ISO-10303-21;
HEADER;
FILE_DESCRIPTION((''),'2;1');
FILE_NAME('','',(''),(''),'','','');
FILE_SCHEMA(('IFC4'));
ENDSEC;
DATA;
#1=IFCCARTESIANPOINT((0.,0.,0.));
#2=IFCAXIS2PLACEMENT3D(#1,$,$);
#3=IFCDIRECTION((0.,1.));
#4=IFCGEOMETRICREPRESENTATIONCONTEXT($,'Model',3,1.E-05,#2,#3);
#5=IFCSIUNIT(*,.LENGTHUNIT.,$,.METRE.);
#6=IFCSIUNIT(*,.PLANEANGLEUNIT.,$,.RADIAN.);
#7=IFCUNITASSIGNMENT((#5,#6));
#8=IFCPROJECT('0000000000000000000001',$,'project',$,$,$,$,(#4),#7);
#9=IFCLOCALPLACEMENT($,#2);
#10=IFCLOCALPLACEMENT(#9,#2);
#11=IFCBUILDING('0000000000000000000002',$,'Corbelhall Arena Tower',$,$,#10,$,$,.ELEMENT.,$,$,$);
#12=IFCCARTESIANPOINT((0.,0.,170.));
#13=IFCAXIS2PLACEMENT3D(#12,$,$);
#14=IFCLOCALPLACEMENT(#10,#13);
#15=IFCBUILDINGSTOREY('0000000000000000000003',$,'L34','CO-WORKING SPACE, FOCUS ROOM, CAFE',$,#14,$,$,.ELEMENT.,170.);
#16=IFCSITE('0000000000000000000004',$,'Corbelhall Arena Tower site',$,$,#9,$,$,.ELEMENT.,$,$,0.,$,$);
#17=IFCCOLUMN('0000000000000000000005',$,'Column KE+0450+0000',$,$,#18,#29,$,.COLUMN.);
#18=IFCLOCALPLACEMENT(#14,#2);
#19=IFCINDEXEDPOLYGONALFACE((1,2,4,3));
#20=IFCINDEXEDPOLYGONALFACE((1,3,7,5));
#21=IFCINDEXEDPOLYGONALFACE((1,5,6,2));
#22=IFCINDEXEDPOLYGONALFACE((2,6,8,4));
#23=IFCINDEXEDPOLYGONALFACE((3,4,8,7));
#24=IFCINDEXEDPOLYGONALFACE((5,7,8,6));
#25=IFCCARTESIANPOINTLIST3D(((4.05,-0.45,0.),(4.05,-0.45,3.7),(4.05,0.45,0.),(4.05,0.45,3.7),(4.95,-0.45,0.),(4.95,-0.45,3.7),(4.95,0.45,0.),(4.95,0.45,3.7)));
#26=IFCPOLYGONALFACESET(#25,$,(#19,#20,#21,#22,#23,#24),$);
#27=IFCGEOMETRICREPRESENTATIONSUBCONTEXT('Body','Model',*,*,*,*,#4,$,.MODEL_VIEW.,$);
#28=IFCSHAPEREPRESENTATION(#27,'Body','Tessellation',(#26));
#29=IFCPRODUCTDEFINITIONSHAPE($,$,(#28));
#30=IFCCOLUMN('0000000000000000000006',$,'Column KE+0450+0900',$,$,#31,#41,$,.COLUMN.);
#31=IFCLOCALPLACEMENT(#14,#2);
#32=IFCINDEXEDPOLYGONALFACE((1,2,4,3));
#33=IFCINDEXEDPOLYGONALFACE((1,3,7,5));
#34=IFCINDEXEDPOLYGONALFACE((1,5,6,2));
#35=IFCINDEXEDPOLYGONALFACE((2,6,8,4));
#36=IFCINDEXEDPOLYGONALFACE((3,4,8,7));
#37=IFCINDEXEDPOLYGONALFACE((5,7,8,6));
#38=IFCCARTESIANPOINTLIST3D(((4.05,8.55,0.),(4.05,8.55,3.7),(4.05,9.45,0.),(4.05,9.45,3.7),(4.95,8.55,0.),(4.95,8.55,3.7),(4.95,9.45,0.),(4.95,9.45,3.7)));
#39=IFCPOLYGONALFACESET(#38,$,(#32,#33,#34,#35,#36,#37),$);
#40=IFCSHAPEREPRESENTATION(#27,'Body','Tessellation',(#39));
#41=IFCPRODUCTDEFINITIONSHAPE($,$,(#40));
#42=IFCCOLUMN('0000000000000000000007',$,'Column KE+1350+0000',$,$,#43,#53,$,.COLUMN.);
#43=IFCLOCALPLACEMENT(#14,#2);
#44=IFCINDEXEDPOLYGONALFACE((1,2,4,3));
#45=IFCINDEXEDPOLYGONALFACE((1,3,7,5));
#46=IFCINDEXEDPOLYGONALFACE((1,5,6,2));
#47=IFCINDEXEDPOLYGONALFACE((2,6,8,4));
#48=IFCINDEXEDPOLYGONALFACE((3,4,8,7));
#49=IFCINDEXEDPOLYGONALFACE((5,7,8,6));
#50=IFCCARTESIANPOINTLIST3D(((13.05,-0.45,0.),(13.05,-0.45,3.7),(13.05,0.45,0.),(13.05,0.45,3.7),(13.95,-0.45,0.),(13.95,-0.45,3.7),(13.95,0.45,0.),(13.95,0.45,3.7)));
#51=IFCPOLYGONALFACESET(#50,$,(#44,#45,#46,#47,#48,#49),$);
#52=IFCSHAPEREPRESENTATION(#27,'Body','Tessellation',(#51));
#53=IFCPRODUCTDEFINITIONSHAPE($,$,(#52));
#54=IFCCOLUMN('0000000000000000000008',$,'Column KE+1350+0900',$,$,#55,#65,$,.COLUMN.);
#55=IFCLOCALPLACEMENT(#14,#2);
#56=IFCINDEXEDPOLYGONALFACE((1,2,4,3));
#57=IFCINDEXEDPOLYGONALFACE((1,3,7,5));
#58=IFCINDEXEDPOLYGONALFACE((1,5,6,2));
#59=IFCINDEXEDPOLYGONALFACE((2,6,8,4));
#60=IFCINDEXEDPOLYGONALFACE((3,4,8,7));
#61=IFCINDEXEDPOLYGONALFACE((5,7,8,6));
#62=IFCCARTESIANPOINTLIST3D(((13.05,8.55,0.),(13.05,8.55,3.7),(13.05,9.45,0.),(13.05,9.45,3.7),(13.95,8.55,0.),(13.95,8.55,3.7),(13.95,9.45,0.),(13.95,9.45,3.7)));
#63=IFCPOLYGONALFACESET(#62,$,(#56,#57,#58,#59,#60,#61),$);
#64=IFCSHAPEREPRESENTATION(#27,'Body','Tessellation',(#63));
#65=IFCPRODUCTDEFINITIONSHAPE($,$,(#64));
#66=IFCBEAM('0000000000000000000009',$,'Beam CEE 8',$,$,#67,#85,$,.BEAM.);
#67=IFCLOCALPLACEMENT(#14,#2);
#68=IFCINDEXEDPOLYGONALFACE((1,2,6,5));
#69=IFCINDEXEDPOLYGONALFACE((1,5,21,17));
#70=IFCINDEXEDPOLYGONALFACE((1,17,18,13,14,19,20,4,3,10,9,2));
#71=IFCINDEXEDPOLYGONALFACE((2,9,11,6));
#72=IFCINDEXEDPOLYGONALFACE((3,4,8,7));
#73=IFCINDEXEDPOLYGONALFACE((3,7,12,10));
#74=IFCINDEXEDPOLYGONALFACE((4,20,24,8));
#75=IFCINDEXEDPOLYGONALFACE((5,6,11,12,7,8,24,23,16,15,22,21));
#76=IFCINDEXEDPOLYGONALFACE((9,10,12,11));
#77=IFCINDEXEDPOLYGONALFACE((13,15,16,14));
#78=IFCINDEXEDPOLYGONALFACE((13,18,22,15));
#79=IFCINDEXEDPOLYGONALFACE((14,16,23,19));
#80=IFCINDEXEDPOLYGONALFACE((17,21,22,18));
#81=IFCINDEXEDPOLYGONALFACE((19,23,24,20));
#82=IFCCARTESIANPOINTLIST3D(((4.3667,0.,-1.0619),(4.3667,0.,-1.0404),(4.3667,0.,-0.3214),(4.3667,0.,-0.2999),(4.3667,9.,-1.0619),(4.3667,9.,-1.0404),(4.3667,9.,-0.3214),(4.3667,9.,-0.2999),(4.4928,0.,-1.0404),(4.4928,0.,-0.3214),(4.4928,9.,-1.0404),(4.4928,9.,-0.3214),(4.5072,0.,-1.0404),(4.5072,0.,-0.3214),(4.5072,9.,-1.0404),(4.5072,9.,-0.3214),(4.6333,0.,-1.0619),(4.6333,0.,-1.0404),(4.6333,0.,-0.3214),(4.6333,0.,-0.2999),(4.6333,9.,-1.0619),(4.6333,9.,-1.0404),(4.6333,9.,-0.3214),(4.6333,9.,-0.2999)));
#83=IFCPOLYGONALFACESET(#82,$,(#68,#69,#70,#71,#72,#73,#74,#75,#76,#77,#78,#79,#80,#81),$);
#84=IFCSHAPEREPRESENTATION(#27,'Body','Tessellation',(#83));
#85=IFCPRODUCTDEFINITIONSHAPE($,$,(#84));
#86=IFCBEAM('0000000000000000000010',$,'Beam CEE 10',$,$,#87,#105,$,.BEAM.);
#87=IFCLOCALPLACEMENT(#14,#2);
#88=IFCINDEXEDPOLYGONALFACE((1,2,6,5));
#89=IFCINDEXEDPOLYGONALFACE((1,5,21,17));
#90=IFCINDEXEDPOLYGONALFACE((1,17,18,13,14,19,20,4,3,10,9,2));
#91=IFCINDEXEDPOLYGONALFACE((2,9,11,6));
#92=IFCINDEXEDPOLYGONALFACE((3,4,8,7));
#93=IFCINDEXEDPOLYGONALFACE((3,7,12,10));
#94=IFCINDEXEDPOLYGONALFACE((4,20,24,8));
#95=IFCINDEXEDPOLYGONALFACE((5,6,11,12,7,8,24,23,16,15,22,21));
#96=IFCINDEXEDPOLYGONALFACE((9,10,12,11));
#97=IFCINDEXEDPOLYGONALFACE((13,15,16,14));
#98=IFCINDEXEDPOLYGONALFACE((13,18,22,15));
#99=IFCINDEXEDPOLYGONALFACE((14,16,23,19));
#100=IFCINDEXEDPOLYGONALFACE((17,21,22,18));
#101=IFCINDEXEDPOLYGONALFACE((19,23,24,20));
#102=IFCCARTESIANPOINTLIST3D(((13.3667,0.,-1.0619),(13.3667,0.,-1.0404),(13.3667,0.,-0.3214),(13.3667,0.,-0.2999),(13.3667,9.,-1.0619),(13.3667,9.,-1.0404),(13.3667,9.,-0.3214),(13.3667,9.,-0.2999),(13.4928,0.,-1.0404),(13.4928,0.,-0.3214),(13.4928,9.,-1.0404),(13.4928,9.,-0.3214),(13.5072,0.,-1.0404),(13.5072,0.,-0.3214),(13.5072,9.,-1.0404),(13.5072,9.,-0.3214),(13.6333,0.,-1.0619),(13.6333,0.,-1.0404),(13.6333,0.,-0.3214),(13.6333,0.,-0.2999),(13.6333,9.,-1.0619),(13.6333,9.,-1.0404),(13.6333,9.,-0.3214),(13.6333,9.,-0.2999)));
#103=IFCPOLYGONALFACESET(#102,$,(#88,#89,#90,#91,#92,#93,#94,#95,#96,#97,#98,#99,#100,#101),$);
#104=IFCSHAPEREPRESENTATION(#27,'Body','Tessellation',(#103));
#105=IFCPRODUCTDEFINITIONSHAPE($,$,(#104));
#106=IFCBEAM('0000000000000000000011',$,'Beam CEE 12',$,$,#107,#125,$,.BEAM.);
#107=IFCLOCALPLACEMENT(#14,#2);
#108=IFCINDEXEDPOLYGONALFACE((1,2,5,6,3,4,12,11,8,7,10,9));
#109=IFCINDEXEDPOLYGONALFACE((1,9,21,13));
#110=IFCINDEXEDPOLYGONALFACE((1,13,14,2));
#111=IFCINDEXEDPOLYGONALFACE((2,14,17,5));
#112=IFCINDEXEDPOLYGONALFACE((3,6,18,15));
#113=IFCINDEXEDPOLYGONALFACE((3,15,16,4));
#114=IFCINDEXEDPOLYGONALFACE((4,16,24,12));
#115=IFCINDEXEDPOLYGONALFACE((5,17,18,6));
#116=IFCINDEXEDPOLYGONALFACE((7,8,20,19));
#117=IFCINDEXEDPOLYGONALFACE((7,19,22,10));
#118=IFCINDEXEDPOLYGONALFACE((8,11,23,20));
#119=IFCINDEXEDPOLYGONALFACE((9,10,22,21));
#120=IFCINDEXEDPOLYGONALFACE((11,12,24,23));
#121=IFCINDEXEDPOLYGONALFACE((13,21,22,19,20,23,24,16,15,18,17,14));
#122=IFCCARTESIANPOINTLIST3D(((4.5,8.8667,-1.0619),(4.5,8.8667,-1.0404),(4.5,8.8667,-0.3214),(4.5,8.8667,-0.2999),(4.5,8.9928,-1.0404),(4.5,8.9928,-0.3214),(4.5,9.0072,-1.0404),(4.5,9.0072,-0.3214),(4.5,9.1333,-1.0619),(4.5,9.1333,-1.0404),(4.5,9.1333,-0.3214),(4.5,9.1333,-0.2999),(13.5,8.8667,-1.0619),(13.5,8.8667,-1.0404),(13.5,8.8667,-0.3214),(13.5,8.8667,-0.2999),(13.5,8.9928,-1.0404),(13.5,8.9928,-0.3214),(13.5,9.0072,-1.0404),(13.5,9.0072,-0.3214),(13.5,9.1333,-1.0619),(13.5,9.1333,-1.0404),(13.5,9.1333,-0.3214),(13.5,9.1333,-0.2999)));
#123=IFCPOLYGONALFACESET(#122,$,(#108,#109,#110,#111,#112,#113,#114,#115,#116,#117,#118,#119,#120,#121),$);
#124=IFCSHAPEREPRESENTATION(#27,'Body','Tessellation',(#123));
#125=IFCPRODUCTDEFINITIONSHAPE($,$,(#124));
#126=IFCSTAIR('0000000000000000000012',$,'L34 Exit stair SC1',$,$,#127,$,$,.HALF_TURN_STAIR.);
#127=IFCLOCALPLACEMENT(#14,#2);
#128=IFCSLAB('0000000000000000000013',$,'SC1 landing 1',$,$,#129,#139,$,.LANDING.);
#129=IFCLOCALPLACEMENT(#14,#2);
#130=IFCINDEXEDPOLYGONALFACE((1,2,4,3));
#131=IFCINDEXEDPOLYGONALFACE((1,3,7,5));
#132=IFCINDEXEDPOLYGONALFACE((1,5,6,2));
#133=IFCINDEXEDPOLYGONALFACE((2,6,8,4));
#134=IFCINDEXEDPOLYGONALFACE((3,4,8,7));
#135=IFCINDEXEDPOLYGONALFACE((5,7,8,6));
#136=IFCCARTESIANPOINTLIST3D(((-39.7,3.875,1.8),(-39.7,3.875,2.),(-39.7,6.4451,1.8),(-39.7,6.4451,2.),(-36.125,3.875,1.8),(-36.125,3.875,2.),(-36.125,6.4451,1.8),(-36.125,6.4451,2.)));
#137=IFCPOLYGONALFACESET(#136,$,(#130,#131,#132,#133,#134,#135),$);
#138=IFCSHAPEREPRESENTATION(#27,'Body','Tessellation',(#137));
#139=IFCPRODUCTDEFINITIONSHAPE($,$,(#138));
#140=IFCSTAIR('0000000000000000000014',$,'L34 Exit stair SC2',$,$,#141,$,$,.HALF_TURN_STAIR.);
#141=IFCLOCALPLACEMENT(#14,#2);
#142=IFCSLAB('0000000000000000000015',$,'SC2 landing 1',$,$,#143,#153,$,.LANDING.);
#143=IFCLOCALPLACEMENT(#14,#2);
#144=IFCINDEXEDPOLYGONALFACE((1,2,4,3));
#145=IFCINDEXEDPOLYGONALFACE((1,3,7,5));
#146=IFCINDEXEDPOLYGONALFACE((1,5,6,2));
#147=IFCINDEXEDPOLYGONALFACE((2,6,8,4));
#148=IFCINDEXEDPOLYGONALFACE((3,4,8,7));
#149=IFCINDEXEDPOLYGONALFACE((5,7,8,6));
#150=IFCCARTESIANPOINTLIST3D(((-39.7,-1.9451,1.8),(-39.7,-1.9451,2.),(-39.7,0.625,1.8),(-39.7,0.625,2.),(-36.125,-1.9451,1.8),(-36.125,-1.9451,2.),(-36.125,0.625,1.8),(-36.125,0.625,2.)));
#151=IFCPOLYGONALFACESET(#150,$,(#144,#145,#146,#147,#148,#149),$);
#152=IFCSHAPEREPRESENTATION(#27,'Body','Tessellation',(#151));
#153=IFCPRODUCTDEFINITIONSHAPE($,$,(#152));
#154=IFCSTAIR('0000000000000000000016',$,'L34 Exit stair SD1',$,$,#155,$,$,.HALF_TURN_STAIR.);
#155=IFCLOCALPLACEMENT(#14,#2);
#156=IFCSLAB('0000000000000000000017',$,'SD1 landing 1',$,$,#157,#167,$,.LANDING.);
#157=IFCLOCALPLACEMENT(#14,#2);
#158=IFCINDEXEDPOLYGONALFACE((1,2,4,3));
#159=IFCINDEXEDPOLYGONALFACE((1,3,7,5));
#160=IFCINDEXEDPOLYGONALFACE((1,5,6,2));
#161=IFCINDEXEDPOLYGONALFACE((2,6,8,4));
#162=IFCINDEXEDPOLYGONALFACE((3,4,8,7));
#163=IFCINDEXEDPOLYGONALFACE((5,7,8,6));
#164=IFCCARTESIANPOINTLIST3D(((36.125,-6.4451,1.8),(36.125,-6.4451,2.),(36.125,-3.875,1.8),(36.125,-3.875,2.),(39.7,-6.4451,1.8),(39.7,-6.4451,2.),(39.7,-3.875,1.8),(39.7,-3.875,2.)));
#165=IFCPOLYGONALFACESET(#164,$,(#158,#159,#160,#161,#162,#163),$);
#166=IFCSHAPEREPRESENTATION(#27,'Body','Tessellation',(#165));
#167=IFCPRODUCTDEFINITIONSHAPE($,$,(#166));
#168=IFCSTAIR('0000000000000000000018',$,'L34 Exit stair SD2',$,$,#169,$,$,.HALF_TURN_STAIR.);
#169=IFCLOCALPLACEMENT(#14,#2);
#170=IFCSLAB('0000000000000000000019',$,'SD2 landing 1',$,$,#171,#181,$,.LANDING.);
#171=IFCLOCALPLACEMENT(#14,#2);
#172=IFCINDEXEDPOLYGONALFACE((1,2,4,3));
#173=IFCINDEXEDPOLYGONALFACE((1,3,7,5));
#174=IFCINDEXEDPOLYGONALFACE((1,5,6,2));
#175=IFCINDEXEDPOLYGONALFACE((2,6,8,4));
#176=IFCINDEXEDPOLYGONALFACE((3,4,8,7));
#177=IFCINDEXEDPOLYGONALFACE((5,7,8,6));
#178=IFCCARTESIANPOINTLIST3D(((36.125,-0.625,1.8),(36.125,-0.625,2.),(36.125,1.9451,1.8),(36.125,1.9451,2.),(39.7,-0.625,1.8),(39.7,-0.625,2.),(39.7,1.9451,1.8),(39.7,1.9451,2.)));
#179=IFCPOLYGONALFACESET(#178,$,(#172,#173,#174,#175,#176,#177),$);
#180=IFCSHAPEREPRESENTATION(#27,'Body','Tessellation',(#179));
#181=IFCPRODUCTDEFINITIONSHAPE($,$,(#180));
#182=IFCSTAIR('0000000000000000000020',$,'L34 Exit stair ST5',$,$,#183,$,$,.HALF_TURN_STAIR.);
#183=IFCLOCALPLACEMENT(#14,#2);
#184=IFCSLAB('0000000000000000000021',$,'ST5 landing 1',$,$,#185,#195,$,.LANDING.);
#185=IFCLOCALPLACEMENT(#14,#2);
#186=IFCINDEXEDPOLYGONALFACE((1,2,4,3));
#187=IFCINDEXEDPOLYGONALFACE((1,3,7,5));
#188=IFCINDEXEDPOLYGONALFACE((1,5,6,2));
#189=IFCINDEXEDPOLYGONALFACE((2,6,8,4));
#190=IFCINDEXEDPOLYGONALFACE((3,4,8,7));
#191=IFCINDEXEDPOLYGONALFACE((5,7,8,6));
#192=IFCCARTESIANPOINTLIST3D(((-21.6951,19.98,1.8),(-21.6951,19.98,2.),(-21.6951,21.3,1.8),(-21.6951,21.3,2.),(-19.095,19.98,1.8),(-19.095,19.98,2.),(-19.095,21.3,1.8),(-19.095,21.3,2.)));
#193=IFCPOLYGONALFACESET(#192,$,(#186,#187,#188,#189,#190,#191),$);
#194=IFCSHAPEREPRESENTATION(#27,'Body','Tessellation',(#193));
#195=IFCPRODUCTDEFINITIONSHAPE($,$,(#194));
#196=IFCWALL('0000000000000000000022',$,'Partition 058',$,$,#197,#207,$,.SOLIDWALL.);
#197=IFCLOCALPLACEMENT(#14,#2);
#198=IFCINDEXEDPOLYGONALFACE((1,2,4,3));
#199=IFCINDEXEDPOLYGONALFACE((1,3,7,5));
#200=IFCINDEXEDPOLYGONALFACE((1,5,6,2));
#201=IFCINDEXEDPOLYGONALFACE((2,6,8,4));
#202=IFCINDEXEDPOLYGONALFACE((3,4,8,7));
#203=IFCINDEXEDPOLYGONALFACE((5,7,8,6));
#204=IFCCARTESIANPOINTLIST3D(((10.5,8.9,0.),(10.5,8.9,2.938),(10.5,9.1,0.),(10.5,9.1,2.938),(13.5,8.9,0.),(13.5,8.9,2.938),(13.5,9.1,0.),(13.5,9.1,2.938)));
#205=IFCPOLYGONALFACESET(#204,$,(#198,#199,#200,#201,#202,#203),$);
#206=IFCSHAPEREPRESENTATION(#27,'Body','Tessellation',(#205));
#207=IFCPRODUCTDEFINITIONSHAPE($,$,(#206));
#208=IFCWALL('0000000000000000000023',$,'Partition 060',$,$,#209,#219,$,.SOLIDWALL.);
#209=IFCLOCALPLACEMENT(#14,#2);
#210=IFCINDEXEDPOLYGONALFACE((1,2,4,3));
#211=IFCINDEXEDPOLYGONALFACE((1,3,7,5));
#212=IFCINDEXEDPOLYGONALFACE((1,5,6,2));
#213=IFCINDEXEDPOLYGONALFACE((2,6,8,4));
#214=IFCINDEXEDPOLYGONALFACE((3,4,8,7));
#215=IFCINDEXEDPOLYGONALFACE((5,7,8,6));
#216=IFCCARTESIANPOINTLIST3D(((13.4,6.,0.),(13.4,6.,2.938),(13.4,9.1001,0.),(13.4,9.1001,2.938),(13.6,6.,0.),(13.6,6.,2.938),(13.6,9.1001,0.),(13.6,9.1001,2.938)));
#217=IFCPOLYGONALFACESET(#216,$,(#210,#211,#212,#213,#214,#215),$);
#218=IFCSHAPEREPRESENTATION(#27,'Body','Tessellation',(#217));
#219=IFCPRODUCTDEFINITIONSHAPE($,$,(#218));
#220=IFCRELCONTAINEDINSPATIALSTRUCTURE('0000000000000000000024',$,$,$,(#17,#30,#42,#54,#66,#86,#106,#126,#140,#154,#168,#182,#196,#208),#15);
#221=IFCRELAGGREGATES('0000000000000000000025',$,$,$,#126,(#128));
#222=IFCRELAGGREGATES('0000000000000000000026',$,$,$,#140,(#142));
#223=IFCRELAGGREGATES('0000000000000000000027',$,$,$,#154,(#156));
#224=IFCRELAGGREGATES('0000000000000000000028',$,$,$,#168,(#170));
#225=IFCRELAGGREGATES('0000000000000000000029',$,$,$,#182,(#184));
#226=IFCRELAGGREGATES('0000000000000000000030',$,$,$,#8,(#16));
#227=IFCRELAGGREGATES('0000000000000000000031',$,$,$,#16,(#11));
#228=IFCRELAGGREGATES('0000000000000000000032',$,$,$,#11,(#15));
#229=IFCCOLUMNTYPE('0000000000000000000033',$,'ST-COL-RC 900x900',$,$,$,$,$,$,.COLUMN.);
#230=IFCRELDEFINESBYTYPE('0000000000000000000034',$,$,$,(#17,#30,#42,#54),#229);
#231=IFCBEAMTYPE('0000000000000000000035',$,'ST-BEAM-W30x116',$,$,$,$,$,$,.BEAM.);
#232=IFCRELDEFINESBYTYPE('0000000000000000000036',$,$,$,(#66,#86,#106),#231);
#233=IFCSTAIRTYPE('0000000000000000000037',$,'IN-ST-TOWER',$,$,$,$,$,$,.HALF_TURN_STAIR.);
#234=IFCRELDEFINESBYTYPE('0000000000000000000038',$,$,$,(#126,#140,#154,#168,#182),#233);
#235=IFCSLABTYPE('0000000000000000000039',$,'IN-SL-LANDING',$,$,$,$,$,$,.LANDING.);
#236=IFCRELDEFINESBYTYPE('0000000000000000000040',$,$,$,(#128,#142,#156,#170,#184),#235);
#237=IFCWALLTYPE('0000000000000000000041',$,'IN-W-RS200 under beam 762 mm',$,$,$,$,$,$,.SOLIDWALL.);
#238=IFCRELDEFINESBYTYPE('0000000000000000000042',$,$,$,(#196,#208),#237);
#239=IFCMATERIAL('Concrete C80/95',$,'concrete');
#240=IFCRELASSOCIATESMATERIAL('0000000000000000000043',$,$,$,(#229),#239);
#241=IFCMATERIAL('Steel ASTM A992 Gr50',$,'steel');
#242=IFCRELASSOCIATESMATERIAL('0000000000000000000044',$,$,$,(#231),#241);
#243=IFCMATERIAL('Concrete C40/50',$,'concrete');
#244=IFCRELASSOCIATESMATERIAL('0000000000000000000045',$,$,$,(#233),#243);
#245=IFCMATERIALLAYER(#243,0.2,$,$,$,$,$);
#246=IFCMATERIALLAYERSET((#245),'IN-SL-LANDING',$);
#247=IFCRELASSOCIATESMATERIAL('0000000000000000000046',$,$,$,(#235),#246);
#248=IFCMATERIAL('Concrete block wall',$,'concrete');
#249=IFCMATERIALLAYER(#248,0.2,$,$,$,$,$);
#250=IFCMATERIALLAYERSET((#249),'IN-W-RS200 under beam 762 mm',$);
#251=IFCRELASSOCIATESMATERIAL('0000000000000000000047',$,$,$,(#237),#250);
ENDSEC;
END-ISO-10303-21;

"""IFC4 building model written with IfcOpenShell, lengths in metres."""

from ifc_helpers import new_model, si_unit, direction, frame, frame_2d, origin, origin_2d, place, context, subcontext, project, spatial, polyline, rectangle, i_section, outline, extrude, material, layer, layer_set, material_profile, profile_set, type_object, element, aggregate, save


model = new_model("IFC4")

# Units and contexts
model_context = context("Model", 3, precision=1e-05, world=origin(), true_north=direction((0.0, 1.0)))
body_context = subcontext(model_context, "Body", "Model", "MODEL_VIEW")
ifc_project = project(units=[si_unit("LENGTHUNIT", "METRE"), si_unit("PLANEANGLEUNIT", "RADIAN")], contexts=[model_context])

# Site, building, storey
site_placement = place(None, origin())
site = spatial("IfcSite", under=ifc_project, at=site_placement, Name="Corbelhall Arena Tower site", CompositionType="ELEMENT", RefElevation=0.0)
building_placement = place(site_placement, origin())
building = spatial("IfcBuilding", under=site, at=building_placement, Name="Corbelhall Arena Tower", CompositionType="ELEMENT")
storey_placement = place(building_placement, frame((0.0, 0.0, 170.0)))
storey = spatial("IfcBuildingStorey", under=building, at=storey_placement, Name="L34", Description="CO-WORKING SPACE, FOCUS ROOM, CAFE", CompositionType="ELEMENT", Elevation=170.0)

# Columns
ifc_material_1 = material(Name="Concrete C80/95", Category="concrete")
ifc_material_profile_1 = material_profile(ifc_material_1, rectangle(XDim=0.8999, YDim=0.8999, at=origin_2d()))
ifc_profile_set_1 = profile_set([ifc_material_profile_1], Name="Concrete C80/95")
column_type = type_object("IfcColumnType", Name="ST-COL-RC 900x900", PredefinedType="COLUMN", material=ifc_profile_set_1)
for number, where, z_axis, x_axis, name in (
    (1, (4.5, 0.0, 0.0), (0.0, 0.0, 1.0), (1.0, 0.0, 0.0), "Column KE+0450+0000"),
    (2, (4.5, 9.0, 0.0), (0.0, 0.0, 1.0), (1.0, 0.0, 0.0), "Column KE+0450+0900"),
    (3, (13.5, 0.0, 0.0), (0.0, 0.0, 1.0), (1.0, 0.0, 0.0), "Column KE+1350+0000"),
    (4, (13.5, 9.0, 0.0), (0.0, 0.0, 1.0), (1.0, 0.0, 0.0), "Column KE+1350+0900"),
):
    element("IfcColumn", number, at=place(storey_placement, frame(where, z_axis=z_axis, x_axis=x_axis)), inside=storey, type_object=column_type, Name=name, PredefinedType="COLUMN", context=body_context, shape_type="SweptSolid", body=[
        extrude(rectangle(XDim=0.8999, YDim=0.8999, at=origin_2d()), origin(), (0.0, 0.0, 1.0), 3.7),
    ])

# Beams
ifc_material_2 = material(Name="Steel ASTM A992 Gr50", Category="steel")
ifc_material_profile_2 = material_profile(ifc_material_2, i_section(OverallWidth=0.2666, OverallDepth=0.762, WebThickness=0.0144, FlangeThickness=0.0215, at=origin_2d()))
ifc_profile_set_2 = profile_set([ifc_material_profile_2], Name="Steel ASTM A992 Gr50")
beam_type = type_object("IfcBeamType", Name="ST-BEAM-W30x116", PredefinedType="BEAM", material=ifc_profile_set_2)
for number, where, z_axis, x_axis, name in (
    (5, (4.5, 0.0, -0.6809), (0.0, 1.0, 0.0), (-1.0, 0.0, 0.0), "Beam CEE 8"),
    (6, (13.5, 0.0, -0.6809), (0.0, 1.0, 0.0), (-1.0, 0.0, 0.0), "Beam CEE 10"),
    (7, (4.5, 9.0, -0.6809), (1.0, 0.0, 0.0), (0.0, 1.0, 0.0), "Beam CEE 12"),
):
    element("IfcBeam", number, at=place(storey_placement, frame(where, z_axis=z_axis, x_axis=x_axis)), inside=storey, type_object=beam_type, Name=name, PredefinedType="BEAM", context=body_context, shape_type="SweptSolid", body=[
        extrude(i_section(OverallWidth=0.2666, OverallDepth=0.762, WebThickness=0.0144, FlangeThickness=0.0215, at=origin_2d()), origin(), (0.0, 0.0, 1.0), 9.0),
    ])

# Stairs, slabs
ifc_material_3 = material(Name="Concrete C40/50", Category="concrete")
stair_type = type_object("IfcStairType", Name="IN-ST-TOWER", PredefinedType="HALF_TURN_STAIR", material=ifc_material_3)
stair_1_placement = place(storey_placement, origin())
stair_1 = element("IfcStair", 8, at=stair_1_placement, inside=storey, type_object=stair_type, Name="L34 Exit stair SC1", PredefinedType="HALF_TURN_STAIR")
ifc_layer_1 = layer(ifc_material_3, 0.2)
ifc_layer_set_1 = layer_set([ifc_layer_1], Name="IN-SL-LANDING")
slab_type = type_object("IfcSlabType", Name="IN-SL-LANDING", PredefinedType="LANDING", material=ifc_layer_set_1)
slab_1_placement = place(storey_placement, frame((0.0, 0.0, 1.8)))
slab_1 = element("IfcSlab", 9, at=slab_1_placement, type_object=slab_type, Name="SC1 landing 1", PredefinedType="LANDING", context=body_context, shape_type="SweptSolid", body=[
    extrude(outline(polyline([(-39.7, 6.4451), (-39.7, 3.875), (-36.125, 3.875), (-36.125, 6.4451), (-39.7, 6.4451)])), origin(), (0.0, 0.0, 1.0), 0.2),
])
aggregate(stair_1, [slab_1])
stair_2_placement = place(storey_placement, origin())
stair_2 = element("IfcStair", 10, at=stair_2_placement, inside=storey, type_object=stair_type, Name="L34 Exit stair SC2", PredefinedType="HALF_TURN_STAIR")
slab_2_placement = place(storey_placement, frame((0.0, 0.0, 1.8)))
slab_2 = element("IfcSlab", 11, at=slab_2_placement, type_object=slab_type, Name="SC2 landing 1", PredefinedType="LANDING", context=body_context, shape_type="SweptSolid", body=[
    extrude(outline(polyline([(-36.125, -1.9451), (-36.125, 0.625), (-39.7, 0.625), (-39.7, -1.9451), (-36.125, -1.9451)])), origin(), (0.0, 0.0, 1.0), 0.2),
])
aggregate(stair_2, [slab_2])
stair_3_placement = place(storey_placement, origin())
stair_3 = element("IfcStair", 12, at=stair_3_placement, inside=storey, type_object=stair_type, Name="L34 Exit stair SD1", PredefinedType="HALF_TURN_STAIR")
slab_3_placement = place(storey_placement, frame((0.0, 0.0, 1.8)))
slab_3 = element("IfcSlab", 13, at=slab_3_placement, type_object=slab_type, Name="SD1 landing 1", PredefinedType="LANDING", context=body_context, shape_type="SweptSolid", body=[
    extrude(outline(polyline([(39.7, -6.4451), (39.7, -3.875), (36.125, -3.875), (36.125, -6.4451), (39.7, -6.4451)])), origin(), (0.0, 0.0, 1.0), 0.2),
])
aggregate(stair_3, [slab_3])
stair_4_placement = place(storey_placement, origin())
stair_4 = element("IfcStair", 14, at=stair_4_placement, inside=storey, type_object=stair_type, Name="L34 Exit stair SD2", PredefinedType="HALF_TURN_STAIR")
slab_4_placement = place(storey_placement, frame((0.0, 0.0, 1.8)))
slab_4 = element("IfcSlab", 15, at=slab_4_placement, type_object=slab_type, Name="SD2 landing 1", PredefinedType="LANDING", context=body_context, shape_type="SweptSolid", body=[
    extrude(outline(polyline([(36.125, 1.9451), (36.125, -0.625), (39.7, -0.625), (39.7, 1.9451), (36.125, 1.9451)])), origin(), (0.0, 0.0, 1.0), 0.2),
])
aggregate(stair_4, [slab_4])
stair_5_placement = place(storey_placement, origin())
stair_5 = element("IfcStair", 16, at=stair_5_placement, inside=storey, type_object=stair_type, Name="L34 Exit stair ST5", PredefinedType="HALF_TURN_STAIR")
slab_5_placement = place(storey_placement, frame((0.0, 0.0, 1.8)))
slab_5 = element("IfcSlab", 17, at=slab_5_placement, type_object=slab_type, Name="ST5 landing 1", PredefinedType="LANDING", context=body_context, shape_type="SweptSolid", body=[
    extrude(outline(polyline([(-19.095, 19.98), (-19.095, 21.3), (-21.6951, 21.3), (-21.6951, 19.98), (-19.095, 19.98)])), origin(), (0.0, 0.0, 1.0), 0.2),
])
aggregate(stair_5, [slab_5])

# Shared definitions
ifc_material_4 = material(Name="Concrete block wall", Category="concrete")

# Walls
ifc_layer_2 = layer(ifc_material_4, 0.2)
ifc_layer_set_2 = layer_set([ifc_layer_2], Name="IN-W-RS200 under beam 762 mm")
wall_type_1 = type_object("IfcWallType", Name="IN-W-RS200 under beam 762 mm", PredefinedType="SOLIDWALL", material=ifc_layer_set_2)
wall_1_placement = place(storey_placement, frame((10.5, 9.0, 0.0), z_axis=(0.0, 0.0, 1.0), x_axis=(1.0, 0.0, 0.0)))
element("IfcWall", 18, at=wall_1_placement, inside=storey, type_object=wall_type_1, Name="Partition 058", PredefinedType="SOLIDWALL", context=body_context, shape_type="SweptSolid", body=[
    extrude(rectangle(XDim=3.0, YDim=0.2, at=frame_2d((1.5, 0.0))), origin(), (0.0, 0.0, 1.0), 2.938),
])
wall_2_placement = place(storey_placement, frame((13.5, 9.1001, 0.0), z_axis=(0.0, 0.0, 1.0), x_axis=(0.0, -1.0, 0.0)))
element("IfcWall", 19, at=wall_2_placement, inside=storey, type_object=wall_type_1, Name="Partition 060", PredefinedType="SOLIDWALL", context=body_context, shape_type="SweptSolid", body=[
    extrude(rectangle(XDim=3.1001, YDim=0.2, at=frame_2d((1.55, 0.0))), origin(), (0.0, 0.0, 1.0), 2.938),
])

save(model, "model.ifc")
